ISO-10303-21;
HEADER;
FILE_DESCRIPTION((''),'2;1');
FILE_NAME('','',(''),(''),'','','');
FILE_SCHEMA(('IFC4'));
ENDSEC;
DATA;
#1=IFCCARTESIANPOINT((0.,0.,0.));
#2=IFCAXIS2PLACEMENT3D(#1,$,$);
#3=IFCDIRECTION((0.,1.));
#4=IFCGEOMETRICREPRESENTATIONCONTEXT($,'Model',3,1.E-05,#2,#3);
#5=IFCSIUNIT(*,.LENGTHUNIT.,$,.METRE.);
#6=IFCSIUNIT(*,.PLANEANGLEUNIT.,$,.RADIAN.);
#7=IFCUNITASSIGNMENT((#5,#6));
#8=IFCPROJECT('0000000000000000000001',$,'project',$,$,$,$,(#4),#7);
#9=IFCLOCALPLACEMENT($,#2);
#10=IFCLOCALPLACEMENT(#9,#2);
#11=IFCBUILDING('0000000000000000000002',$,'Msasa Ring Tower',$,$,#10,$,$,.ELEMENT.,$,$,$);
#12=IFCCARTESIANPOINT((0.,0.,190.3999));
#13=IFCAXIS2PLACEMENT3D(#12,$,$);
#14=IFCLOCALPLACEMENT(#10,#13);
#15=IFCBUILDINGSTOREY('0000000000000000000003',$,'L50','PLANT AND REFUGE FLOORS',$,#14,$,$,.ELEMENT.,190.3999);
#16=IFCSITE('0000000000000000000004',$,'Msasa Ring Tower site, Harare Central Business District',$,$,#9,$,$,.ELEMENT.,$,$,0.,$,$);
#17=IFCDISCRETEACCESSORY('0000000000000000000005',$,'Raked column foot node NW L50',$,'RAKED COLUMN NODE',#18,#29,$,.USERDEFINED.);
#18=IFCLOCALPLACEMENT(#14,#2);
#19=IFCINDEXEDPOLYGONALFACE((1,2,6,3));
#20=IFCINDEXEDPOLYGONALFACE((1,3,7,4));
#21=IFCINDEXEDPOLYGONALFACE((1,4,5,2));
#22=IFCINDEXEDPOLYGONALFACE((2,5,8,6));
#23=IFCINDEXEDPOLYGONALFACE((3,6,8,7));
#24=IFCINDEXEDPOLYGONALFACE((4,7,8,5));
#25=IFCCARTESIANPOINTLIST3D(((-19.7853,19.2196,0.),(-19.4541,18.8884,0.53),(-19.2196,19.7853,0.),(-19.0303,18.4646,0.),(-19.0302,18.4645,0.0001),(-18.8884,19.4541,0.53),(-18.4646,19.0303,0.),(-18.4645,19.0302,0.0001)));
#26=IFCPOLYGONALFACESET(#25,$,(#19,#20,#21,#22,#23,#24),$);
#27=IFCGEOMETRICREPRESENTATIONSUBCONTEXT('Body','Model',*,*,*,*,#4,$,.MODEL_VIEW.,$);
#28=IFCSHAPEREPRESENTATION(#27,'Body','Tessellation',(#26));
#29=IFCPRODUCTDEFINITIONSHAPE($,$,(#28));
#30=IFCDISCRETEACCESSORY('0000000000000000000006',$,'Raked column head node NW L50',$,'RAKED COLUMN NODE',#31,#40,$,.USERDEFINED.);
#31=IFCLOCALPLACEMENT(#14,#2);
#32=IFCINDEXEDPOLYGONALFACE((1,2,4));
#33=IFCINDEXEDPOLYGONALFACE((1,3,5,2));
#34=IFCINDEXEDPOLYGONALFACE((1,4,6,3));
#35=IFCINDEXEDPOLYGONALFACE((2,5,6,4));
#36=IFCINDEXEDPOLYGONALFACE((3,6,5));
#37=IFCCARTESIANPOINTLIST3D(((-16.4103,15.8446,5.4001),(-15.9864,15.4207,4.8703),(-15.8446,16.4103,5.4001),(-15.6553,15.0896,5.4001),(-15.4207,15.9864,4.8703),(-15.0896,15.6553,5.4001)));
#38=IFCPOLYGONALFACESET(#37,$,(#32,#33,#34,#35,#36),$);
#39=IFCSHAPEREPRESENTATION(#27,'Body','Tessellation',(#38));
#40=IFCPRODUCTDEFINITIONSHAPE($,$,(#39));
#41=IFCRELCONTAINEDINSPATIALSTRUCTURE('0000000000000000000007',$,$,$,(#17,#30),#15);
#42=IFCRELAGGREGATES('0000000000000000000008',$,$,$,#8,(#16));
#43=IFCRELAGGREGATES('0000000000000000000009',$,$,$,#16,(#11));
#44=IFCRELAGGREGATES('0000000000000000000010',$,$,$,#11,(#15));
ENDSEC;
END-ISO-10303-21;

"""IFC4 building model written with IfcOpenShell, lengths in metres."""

from ifc_helpers import new_model, si_unit, direction, frame, origin, origin_2d, place, context, subcontext, project, spatial, rectangle, extrude, clip, halfspace, element, save


model = new_model("IFC4")

# Units and contexts
model_context = context("Model", 3, precision=1e-05, world=origin(), true_north=direction((0.0, 1.0)))
body_context = subcontext(model_context, "Body", "Model", "MODEL_VIEW")
ifc_project = project(units=[si_unit("LENGTHUNIT", "METRE"), si_unit("PLANEANGLEUNIT", "RADIAN")], contexts=[model_context])

# Site, building, storey
site_placement = place(None, origin())
site = spatial("IfcSite", under=ifc_project, at=site_placement, Name="Msasa Ring Tower site, Harare Central Business District", CompositionType="ELEMENT", RefElevation=0.0)
building_placement = place(site_placement, origin())
building = spatial("IfcBuilding", under=site, at=building_placement, Name="Msasa Ring Tower", CompositionType="ELEMENT")
storey_placement = place(building_placement, frame((0.0, 0.0, 190.3999)))
storey = spatial("IfcBuildingStorey", under=building, at=storey_placement, Name="L50", Description="PLANT AND REFUGE FLOORS", CompositionType="ELEMENT", Elevation=190.3999)

# Discrete accessories
discrete_accessory_1_placement = place(storey_placement, frame((-19.125, 19.125, 0.0)))
element("IfcDiscreteAccessory", 1, at=discrete_accessory_1_placement, inside=storey, Name="Raked column foot node NW L50", ObjectType="RAKED COLUMN NODE", PredefinedType="USERDEFINED", context=body_context, shape_type="Clipping", body=[
    clip(extrude(rectangle(XDim=0.8, YDim=0.8, at=origin_2d()), frame((-0.1655, 0.1655, -0.2649), z_axis=(0.468293, -0.468293, 0.749269), x_axis=(0.707107, 0.707107, 0.0)), (0.0, 0.0, 1.0), 0.7073), halfspace(frame((0.0, 0.0, 0.0), z_axis=(0.0, 0.0, 1.0)), True)),
])
discrete_accessory_2_placement = place(storey_placement, frame((-15.75, 15.75, 5.4001)))
element("IfcDiscreteAccessory", 2, at=discrete_accessory_2_placement, inside=storey, Name="Raked column head node NW L50", ObjectType="RAKED COLUMN NODE", PredefinedType="USERDEFINED", context=body_context, shape_type="Clipping", body=[
    clip(extrude(rectangle(XDim=0.8, YDim=0.8, at=origin_2d()), frame((-0.1655, 0.1655, -0.2649), z_axis=(0.468293, -0.468293, 0.749269), x_axis=(0.707107, 0.707107, 0.0)), (0.0, 0.0, 1.0), 0.7073), halfspace(frame((0.0, 0.0, 0.0), z_axis=(0.0, 0.0, -1.0)), True)),
])

save(model, "model.ifc")
